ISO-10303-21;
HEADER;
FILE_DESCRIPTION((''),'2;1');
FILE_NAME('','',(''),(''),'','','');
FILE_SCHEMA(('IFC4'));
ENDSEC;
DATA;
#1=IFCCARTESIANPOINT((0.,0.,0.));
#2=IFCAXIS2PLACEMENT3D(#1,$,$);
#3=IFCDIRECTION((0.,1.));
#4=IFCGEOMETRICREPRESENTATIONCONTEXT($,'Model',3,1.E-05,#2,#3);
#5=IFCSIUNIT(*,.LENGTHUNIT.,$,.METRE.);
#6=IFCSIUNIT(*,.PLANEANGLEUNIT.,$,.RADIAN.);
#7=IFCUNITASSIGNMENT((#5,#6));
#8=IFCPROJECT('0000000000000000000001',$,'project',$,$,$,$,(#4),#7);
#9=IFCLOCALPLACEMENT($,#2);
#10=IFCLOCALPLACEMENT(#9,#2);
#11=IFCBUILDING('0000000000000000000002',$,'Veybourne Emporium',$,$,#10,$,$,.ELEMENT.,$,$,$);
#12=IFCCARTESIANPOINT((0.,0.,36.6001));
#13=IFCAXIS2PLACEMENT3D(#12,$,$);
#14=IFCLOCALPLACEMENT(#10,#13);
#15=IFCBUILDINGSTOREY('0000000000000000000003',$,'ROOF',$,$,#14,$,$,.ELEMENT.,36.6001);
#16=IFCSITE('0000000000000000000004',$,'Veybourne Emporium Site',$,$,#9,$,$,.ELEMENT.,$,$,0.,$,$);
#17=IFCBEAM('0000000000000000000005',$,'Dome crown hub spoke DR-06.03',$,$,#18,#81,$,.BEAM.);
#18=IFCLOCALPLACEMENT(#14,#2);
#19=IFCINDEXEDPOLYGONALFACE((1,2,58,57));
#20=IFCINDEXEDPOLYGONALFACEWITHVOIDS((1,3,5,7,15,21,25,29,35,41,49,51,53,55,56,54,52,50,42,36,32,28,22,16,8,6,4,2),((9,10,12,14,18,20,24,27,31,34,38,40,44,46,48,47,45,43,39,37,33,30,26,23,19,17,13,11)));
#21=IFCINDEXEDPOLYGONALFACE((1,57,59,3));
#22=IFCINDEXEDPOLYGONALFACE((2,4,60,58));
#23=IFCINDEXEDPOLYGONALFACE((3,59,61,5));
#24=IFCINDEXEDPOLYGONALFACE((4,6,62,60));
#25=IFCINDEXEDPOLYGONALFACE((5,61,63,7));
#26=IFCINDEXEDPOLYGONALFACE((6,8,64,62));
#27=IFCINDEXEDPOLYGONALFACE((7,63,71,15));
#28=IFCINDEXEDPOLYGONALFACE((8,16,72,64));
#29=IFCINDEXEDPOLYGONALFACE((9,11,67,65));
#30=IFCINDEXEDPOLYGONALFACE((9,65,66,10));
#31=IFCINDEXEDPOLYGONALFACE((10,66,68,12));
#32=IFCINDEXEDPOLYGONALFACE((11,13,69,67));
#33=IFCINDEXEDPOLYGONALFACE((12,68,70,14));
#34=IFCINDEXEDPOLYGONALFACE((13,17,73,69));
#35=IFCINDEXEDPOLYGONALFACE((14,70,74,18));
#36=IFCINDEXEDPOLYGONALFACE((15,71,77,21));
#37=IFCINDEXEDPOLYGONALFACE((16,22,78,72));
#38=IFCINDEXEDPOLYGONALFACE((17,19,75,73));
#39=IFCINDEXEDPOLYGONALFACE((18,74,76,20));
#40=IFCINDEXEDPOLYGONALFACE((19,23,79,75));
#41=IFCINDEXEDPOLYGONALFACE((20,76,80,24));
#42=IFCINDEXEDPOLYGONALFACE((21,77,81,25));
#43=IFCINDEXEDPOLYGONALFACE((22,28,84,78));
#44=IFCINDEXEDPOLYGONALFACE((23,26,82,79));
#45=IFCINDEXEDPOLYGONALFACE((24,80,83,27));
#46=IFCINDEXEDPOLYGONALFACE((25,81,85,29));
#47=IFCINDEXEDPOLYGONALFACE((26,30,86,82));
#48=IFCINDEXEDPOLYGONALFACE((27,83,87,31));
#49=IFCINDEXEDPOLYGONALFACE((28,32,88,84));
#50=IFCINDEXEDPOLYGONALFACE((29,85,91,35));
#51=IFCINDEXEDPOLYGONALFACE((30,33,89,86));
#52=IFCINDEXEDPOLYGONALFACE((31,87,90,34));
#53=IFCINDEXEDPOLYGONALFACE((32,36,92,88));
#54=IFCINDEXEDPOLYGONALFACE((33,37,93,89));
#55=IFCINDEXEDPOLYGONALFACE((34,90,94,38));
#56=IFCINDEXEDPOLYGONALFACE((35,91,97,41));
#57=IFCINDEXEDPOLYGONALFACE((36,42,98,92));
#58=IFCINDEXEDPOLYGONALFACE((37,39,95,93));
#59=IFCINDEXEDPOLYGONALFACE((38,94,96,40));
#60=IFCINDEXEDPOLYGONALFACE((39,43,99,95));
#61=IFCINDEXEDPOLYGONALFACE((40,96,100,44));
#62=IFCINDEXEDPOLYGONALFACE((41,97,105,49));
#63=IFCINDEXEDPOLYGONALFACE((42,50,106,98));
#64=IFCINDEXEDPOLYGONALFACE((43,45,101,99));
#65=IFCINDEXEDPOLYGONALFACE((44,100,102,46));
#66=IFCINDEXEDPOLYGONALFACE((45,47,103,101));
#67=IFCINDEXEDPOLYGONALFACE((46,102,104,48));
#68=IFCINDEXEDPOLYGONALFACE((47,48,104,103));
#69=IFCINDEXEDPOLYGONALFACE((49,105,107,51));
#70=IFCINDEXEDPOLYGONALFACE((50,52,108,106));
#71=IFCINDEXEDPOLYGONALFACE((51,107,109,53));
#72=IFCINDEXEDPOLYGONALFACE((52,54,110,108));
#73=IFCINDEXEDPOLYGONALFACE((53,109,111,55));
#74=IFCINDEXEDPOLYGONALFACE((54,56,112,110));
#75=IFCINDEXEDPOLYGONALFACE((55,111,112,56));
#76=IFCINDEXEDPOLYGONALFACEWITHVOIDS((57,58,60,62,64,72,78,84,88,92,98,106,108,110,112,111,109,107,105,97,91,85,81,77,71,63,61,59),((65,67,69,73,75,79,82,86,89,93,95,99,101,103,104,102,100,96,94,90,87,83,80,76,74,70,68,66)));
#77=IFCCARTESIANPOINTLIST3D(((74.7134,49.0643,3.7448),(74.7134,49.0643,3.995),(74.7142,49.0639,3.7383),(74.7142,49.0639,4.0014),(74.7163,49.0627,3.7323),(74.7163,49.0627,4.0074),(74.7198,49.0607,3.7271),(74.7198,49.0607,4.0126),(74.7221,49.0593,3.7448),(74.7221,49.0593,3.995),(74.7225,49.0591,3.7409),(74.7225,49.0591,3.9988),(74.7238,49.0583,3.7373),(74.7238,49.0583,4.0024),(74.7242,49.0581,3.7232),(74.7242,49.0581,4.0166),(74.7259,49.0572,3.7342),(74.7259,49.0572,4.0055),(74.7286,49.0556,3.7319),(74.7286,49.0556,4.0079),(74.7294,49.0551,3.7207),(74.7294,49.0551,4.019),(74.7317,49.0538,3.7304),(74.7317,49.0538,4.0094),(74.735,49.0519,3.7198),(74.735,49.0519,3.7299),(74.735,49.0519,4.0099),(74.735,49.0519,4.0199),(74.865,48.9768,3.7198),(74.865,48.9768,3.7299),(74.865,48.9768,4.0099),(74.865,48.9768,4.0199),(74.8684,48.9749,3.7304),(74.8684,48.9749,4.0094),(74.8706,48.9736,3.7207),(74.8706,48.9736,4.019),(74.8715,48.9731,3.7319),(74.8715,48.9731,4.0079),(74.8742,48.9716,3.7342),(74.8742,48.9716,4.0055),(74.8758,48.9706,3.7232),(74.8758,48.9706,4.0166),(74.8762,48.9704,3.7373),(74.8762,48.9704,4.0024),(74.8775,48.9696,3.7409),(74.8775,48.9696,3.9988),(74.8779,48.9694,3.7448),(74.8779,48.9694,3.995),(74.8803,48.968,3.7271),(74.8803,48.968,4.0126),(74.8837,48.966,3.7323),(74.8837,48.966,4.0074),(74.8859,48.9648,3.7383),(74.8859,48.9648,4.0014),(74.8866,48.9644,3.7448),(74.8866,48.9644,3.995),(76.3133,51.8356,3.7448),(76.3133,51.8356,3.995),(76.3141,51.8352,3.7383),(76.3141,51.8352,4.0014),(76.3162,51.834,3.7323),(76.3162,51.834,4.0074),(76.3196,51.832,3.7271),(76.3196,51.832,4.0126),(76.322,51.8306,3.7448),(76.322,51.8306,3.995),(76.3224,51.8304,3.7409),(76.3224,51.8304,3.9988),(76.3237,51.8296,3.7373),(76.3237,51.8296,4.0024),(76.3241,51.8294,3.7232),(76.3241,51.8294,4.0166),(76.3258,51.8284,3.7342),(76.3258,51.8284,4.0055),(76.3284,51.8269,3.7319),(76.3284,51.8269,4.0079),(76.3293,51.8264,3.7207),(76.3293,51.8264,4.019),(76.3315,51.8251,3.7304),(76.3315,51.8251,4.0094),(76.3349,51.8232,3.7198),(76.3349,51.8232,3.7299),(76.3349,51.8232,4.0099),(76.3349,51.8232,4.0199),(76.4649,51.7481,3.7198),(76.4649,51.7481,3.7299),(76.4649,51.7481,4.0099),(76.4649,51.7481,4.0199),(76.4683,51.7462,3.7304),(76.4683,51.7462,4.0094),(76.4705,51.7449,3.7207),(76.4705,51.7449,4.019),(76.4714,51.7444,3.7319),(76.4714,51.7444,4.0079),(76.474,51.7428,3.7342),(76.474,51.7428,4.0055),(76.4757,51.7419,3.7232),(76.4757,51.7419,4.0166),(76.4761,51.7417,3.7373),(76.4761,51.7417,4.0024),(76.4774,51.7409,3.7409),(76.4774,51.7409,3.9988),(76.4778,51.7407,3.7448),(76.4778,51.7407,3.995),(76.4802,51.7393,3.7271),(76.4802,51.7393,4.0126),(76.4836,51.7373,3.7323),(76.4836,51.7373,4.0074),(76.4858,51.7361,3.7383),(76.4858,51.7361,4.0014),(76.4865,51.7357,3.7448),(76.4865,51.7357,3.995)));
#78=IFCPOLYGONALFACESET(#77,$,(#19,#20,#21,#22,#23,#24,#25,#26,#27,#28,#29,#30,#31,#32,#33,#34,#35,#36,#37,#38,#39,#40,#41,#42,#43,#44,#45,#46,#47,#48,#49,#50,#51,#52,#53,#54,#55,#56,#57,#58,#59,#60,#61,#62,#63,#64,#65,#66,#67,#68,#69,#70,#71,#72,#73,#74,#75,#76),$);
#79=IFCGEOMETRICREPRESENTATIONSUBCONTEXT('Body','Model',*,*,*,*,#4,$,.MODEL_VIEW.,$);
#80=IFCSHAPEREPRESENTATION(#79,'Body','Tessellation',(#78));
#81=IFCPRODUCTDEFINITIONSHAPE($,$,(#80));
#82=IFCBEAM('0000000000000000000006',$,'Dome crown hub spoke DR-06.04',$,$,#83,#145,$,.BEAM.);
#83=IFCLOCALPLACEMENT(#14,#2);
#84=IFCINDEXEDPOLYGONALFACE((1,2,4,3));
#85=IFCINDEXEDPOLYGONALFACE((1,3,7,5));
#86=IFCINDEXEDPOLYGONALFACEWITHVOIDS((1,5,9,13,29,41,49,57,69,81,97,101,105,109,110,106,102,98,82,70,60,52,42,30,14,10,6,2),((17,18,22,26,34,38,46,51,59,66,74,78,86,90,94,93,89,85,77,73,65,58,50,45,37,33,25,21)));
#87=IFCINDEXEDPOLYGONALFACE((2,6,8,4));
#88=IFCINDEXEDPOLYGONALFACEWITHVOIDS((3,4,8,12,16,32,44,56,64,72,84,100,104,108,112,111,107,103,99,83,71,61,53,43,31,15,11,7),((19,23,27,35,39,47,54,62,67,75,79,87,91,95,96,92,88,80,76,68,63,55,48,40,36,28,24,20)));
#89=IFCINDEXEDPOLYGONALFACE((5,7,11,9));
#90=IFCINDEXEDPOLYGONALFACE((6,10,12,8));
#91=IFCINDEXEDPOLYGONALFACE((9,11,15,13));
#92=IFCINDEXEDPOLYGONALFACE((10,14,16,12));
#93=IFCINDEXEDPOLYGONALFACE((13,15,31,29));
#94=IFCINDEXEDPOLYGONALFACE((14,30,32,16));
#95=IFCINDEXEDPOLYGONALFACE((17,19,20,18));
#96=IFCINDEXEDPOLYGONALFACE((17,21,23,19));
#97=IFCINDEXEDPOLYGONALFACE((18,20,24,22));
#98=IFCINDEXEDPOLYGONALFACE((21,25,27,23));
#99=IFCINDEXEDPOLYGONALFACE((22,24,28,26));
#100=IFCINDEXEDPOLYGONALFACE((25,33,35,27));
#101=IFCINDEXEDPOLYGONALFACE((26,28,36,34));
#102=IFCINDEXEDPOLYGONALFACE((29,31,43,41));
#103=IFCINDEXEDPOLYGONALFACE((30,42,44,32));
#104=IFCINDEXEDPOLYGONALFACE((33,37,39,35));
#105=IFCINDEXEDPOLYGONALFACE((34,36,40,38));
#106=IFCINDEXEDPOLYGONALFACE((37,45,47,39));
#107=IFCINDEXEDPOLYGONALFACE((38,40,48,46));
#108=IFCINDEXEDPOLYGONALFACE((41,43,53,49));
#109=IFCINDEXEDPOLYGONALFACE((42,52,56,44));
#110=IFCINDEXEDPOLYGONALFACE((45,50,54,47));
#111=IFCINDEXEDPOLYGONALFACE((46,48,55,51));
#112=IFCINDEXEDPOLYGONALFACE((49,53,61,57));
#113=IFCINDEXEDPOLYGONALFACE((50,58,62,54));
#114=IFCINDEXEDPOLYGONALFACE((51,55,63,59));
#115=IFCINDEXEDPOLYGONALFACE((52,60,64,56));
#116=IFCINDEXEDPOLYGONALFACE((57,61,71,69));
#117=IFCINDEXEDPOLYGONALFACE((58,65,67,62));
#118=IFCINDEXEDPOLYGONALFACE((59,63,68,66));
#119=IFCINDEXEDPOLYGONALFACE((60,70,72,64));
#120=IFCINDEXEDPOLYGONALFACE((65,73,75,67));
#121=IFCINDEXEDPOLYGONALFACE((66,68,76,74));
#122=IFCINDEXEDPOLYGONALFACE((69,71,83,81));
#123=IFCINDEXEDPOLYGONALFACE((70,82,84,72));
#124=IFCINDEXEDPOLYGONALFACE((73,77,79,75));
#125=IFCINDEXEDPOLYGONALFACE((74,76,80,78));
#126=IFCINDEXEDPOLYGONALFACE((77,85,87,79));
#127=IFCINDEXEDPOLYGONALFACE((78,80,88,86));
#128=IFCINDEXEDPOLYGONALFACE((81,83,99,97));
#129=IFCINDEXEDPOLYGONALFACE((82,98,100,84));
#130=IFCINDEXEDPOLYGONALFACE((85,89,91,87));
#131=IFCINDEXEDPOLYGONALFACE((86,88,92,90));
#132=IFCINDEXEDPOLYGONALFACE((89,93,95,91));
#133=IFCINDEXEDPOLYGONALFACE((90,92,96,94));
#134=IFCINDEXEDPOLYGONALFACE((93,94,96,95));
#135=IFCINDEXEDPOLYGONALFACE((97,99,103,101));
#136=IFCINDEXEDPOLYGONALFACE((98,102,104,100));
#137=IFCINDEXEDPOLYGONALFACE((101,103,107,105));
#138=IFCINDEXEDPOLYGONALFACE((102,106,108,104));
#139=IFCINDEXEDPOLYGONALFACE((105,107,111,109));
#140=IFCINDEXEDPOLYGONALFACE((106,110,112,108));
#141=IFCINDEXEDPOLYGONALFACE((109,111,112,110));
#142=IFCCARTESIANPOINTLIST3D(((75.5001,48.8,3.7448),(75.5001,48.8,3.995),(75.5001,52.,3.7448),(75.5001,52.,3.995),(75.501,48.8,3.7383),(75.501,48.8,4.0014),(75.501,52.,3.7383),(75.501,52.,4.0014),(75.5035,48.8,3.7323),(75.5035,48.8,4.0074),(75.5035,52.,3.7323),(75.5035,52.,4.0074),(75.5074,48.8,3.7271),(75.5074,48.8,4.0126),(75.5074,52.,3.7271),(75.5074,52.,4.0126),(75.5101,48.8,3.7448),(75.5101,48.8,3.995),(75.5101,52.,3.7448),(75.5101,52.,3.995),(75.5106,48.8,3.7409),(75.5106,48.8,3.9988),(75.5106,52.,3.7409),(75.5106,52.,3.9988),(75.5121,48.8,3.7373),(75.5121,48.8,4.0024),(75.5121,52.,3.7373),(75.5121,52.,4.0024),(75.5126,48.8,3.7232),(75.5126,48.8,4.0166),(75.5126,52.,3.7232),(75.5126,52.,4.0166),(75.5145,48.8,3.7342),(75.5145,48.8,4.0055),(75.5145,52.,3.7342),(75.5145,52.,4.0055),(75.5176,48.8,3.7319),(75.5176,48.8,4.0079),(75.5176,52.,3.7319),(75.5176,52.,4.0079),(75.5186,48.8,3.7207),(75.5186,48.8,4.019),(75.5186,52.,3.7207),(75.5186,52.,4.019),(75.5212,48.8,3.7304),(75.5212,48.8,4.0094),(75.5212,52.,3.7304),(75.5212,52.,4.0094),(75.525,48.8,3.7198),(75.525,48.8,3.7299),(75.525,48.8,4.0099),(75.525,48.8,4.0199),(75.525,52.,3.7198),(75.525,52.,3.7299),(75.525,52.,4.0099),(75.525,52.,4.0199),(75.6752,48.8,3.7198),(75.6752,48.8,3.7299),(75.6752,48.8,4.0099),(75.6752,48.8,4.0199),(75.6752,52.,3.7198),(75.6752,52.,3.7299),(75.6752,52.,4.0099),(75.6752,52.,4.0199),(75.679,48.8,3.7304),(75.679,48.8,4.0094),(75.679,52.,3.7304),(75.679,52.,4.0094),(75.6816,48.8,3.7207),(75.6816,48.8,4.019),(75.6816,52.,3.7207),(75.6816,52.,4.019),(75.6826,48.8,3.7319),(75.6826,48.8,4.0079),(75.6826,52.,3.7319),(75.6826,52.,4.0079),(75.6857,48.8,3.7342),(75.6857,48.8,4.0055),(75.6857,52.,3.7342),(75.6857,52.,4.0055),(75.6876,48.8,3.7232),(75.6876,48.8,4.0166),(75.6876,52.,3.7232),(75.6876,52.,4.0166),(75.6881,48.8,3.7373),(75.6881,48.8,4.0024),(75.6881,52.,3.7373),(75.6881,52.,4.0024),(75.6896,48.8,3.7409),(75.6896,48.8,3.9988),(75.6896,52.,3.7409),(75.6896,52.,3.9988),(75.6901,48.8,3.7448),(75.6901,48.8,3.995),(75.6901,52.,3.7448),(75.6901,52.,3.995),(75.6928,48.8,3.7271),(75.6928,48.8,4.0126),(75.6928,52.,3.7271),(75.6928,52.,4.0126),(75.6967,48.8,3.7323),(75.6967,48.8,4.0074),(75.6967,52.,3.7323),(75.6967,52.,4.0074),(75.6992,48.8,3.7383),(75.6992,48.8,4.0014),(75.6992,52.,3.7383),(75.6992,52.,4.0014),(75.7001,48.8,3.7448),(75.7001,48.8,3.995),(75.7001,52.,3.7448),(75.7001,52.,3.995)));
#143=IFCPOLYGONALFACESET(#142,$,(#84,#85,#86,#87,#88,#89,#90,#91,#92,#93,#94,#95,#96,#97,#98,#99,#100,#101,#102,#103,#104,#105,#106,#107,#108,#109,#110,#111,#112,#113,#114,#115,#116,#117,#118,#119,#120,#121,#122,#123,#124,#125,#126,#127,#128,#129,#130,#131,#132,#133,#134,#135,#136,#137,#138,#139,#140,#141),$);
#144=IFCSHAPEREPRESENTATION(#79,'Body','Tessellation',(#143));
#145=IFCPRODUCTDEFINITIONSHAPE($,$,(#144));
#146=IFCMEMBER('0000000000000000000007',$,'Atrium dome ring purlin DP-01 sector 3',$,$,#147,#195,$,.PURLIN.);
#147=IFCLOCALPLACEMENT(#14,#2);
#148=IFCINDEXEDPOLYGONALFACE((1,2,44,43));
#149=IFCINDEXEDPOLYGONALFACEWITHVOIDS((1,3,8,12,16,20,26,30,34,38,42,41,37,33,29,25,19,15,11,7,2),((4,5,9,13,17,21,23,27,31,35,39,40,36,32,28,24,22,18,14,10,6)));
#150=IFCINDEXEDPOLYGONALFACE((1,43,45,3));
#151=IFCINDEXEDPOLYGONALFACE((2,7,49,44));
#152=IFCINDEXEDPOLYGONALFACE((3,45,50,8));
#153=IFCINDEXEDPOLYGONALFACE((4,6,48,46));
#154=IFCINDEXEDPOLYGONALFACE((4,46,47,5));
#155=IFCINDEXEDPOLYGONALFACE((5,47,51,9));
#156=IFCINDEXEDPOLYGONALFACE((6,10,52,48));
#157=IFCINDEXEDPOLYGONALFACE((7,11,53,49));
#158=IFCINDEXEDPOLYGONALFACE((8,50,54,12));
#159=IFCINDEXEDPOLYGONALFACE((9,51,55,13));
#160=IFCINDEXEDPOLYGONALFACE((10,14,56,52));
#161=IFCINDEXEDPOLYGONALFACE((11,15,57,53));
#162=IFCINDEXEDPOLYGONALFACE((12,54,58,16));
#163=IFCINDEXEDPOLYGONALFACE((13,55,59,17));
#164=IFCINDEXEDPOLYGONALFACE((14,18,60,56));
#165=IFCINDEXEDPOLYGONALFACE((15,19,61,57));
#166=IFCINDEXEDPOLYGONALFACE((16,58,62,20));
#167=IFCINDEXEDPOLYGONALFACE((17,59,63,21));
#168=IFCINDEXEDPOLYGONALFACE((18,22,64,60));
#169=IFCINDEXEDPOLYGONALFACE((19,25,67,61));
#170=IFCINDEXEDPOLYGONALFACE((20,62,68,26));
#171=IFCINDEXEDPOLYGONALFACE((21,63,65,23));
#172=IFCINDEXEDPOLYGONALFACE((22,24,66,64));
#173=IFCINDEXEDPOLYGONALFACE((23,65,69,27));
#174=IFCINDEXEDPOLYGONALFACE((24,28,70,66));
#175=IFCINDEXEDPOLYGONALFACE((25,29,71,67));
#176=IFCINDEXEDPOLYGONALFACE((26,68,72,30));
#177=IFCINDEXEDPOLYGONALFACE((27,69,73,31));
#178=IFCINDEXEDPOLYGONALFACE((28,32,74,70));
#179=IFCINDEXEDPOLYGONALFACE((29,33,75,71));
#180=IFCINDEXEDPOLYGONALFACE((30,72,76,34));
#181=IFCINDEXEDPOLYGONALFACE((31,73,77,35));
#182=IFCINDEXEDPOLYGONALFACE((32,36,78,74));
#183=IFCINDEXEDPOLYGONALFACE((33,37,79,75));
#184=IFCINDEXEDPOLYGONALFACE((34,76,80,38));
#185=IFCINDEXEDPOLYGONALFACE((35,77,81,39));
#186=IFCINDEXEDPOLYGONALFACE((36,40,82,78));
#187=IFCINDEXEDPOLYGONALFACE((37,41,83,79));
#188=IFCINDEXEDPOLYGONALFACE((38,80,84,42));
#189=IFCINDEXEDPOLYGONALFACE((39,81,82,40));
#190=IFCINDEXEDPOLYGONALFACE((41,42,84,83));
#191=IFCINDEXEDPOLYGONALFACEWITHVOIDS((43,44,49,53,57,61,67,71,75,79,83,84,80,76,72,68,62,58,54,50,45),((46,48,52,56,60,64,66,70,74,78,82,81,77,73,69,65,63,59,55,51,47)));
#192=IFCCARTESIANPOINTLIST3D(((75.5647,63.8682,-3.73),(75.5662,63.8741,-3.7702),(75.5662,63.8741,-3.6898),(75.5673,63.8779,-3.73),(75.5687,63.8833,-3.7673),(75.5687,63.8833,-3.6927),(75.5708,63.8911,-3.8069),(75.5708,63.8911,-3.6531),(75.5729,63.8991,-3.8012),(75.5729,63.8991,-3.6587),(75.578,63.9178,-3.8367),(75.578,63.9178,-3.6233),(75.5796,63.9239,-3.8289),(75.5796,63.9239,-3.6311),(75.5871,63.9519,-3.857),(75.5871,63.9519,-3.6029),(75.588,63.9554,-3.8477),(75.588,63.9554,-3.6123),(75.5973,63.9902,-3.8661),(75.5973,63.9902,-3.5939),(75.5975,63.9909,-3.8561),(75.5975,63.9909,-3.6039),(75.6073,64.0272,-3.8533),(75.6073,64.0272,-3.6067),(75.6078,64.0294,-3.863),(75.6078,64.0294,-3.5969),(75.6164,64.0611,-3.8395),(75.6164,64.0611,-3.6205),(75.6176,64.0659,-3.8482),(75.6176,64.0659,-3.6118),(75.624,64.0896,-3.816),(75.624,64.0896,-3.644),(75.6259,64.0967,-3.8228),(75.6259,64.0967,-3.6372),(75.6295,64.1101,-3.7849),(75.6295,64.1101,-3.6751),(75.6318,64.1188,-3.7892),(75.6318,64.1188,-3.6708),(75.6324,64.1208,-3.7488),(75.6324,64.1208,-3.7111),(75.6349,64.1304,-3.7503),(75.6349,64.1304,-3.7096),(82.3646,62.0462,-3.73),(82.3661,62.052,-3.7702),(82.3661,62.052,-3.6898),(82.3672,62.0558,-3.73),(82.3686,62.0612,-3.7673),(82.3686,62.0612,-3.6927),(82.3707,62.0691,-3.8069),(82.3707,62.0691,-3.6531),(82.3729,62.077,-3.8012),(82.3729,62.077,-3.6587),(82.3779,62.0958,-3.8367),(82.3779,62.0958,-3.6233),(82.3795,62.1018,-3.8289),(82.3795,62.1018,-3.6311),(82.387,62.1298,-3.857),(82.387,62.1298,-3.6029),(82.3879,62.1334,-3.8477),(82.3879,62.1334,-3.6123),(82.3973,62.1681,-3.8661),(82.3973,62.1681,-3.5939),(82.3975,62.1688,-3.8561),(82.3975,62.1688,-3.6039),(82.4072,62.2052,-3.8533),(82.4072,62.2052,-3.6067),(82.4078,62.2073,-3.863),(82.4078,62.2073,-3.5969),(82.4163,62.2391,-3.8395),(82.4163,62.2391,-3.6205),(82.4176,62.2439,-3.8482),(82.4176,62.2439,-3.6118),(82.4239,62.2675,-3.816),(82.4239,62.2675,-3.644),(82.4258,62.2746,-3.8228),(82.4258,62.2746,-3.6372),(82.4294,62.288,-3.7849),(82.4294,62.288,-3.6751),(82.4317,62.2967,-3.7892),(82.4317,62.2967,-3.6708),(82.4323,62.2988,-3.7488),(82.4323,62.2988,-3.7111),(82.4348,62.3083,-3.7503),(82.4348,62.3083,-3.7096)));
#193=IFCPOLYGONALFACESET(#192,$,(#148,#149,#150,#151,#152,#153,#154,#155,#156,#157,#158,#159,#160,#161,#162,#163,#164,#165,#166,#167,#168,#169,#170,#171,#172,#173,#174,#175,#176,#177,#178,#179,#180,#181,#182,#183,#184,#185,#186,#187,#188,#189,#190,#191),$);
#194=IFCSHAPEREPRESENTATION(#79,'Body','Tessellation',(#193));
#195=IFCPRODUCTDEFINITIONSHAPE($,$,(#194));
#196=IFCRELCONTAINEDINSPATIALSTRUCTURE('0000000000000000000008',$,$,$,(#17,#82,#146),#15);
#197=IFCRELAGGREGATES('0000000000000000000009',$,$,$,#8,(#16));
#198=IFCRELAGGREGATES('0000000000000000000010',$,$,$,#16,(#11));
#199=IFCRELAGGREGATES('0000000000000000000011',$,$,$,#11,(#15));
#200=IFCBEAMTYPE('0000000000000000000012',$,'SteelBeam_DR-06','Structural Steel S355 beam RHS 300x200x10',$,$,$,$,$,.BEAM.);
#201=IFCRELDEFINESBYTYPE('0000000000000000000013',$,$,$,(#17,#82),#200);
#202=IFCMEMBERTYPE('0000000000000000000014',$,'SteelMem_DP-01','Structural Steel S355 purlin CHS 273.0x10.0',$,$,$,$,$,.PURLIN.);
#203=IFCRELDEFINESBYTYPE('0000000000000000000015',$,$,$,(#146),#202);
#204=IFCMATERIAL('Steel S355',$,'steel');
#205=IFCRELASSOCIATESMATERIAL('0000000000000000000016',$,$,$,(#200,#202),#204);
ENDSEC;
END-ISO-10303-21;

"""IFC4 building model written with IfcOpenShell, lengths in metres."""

from ifc_helpers import new_model, si_unit, direction, frame, origin, origin_2d, place, context, subcontext, project, spatial, hollow_rectangle, hollow_circle, extrude, material, material_profile, profile_set, type_object, element, save


model = new_model("IFC4")

# Units and contexts
model_context = context("Model", 3, precision=1e-05, world=origin(), true_north=direction((0.0, 1.0)))
body_context = subcontext(model_context, "Body", "Model", "MODEL_VIEW")
ifc_project = project(units=[si_unit("LENGTHUNIT", "METRE"), si_unit("PLANEANGLEUNIT", "RADIAN")], contexts=[model_context])

# Site, building, storey
site_placement = place(None, origin())
site = spatial("IfcSite", under=ifc_project, at=site_placement, Name="Veybourne Emporium Site", CompositionType="ELEMENT", RefElevation=0.0)
building_placement = place(site_placement, origin())
building = spatial("IfcBuilding", under=site, at=building_placement, Name="Veybourne Emporium", CompositionType="ELEMENT")
storey_placement = place(building_placement, frame((0.0, 0.0, 36.6001)))
storey = spatial("IfcBuildingStorey", under=building, at=storey_placement, Name="ROOF", CompositionType="ELEMENT", Elevation=36.6001)

# Beams
ifc_material_1 = material(Name="Steel S355", Category="steel")
ifc_material_profile_1 = material_profile(ifc_material_1, hollow_rectangle(XDim=0.2, YDim=0.3, WallThickness=0.01, InnerFilletRadius=0.0149, OuterFilletRadius=0.0249, at=origin_2d()), Name="RHS 300x200x10")
ifc_profile_set_1 = profile_set([ifc_material_profile_1], Name="Steel S355")
beam_type_1 = type_object("IfcBeamType", Name="SteelBeam_DR-06", Description="Structural Steel S355 beam RHS 300x200x10", PredefinedType="BEAM", material=ifc_profile_set_1)
for number, where, z_axis, x_axis, name in (
    (1, (76.3999, 51.7856, 3.8699), (-0.499971, -0.866042, 0.0), (0.866042, -0.499971, 0.0), "Dome crown hub spoke DR-06.03"),
    (2, (75.6001, 52.0, 3.8699), (0.0, -1.0, 0.0), (1.0, 0.0, 0.0), "Dome crown hub spoke DR-06.04"),
):
    element("IfcBeam", number, at=place(storey_placement, frame(where, z_axis=z_axis, x_axis=x_axis)), inside=storey, type_object=beam_type_1, Name=name, PredefinedType="BEAM", context=body_context, shape_type="SweptSolid", body=[
        extrude(hollow_rectangle(XDim=0.2, YDim=0.3, WallThickness=0.01, InnerFilletRadius=0.0149, OuterFilletRadius=0.0249, at=origin_2d()), origin(), (0.0, 0.0, 1.0), 3.2),
    ])

# Member
ifc_material_profile_2 = material_profile(ifc_material_1, hollow_circle(Radius=0.1365, WallThickness=0.01, at=origin_2d()), Name="CHS 273.0x10.0")
ifc_profile_set_2 = profile_set([ifc_material_profile_2], Name="Steel S355")
member_type_1 = type_object("IfcMemberType", Name="SteelMem_DP-01", Description="Structural Steel S355 purlin CHS 273.0x10.0", PredefinedType="PURLIN", material=ifc_profile_set_2)
member_1_placement = place(storey_placement, frame((82.3999, 62.178, -3.73), z_axis=(-0.965925, 0.258822, 0.0), x_axis=(-0.258822, -0.965925, 0.0)))
element("IfcMember", 3, at=member_1_placement, inside=storey, type_object=member_type_1, Name="Atrium dome ring purlin DP-01 sector 3", PredefinedType="PURLIN", context=body_context, shape_type="SweptSolid", body=[
    extrude(hollow_circle(Radius=0.1365, WallThickness=0.01, at=origin_2d()), origin(), (0.0, 0.0, 1.0), 7.0398),
])

save(model, "model.ifc")
